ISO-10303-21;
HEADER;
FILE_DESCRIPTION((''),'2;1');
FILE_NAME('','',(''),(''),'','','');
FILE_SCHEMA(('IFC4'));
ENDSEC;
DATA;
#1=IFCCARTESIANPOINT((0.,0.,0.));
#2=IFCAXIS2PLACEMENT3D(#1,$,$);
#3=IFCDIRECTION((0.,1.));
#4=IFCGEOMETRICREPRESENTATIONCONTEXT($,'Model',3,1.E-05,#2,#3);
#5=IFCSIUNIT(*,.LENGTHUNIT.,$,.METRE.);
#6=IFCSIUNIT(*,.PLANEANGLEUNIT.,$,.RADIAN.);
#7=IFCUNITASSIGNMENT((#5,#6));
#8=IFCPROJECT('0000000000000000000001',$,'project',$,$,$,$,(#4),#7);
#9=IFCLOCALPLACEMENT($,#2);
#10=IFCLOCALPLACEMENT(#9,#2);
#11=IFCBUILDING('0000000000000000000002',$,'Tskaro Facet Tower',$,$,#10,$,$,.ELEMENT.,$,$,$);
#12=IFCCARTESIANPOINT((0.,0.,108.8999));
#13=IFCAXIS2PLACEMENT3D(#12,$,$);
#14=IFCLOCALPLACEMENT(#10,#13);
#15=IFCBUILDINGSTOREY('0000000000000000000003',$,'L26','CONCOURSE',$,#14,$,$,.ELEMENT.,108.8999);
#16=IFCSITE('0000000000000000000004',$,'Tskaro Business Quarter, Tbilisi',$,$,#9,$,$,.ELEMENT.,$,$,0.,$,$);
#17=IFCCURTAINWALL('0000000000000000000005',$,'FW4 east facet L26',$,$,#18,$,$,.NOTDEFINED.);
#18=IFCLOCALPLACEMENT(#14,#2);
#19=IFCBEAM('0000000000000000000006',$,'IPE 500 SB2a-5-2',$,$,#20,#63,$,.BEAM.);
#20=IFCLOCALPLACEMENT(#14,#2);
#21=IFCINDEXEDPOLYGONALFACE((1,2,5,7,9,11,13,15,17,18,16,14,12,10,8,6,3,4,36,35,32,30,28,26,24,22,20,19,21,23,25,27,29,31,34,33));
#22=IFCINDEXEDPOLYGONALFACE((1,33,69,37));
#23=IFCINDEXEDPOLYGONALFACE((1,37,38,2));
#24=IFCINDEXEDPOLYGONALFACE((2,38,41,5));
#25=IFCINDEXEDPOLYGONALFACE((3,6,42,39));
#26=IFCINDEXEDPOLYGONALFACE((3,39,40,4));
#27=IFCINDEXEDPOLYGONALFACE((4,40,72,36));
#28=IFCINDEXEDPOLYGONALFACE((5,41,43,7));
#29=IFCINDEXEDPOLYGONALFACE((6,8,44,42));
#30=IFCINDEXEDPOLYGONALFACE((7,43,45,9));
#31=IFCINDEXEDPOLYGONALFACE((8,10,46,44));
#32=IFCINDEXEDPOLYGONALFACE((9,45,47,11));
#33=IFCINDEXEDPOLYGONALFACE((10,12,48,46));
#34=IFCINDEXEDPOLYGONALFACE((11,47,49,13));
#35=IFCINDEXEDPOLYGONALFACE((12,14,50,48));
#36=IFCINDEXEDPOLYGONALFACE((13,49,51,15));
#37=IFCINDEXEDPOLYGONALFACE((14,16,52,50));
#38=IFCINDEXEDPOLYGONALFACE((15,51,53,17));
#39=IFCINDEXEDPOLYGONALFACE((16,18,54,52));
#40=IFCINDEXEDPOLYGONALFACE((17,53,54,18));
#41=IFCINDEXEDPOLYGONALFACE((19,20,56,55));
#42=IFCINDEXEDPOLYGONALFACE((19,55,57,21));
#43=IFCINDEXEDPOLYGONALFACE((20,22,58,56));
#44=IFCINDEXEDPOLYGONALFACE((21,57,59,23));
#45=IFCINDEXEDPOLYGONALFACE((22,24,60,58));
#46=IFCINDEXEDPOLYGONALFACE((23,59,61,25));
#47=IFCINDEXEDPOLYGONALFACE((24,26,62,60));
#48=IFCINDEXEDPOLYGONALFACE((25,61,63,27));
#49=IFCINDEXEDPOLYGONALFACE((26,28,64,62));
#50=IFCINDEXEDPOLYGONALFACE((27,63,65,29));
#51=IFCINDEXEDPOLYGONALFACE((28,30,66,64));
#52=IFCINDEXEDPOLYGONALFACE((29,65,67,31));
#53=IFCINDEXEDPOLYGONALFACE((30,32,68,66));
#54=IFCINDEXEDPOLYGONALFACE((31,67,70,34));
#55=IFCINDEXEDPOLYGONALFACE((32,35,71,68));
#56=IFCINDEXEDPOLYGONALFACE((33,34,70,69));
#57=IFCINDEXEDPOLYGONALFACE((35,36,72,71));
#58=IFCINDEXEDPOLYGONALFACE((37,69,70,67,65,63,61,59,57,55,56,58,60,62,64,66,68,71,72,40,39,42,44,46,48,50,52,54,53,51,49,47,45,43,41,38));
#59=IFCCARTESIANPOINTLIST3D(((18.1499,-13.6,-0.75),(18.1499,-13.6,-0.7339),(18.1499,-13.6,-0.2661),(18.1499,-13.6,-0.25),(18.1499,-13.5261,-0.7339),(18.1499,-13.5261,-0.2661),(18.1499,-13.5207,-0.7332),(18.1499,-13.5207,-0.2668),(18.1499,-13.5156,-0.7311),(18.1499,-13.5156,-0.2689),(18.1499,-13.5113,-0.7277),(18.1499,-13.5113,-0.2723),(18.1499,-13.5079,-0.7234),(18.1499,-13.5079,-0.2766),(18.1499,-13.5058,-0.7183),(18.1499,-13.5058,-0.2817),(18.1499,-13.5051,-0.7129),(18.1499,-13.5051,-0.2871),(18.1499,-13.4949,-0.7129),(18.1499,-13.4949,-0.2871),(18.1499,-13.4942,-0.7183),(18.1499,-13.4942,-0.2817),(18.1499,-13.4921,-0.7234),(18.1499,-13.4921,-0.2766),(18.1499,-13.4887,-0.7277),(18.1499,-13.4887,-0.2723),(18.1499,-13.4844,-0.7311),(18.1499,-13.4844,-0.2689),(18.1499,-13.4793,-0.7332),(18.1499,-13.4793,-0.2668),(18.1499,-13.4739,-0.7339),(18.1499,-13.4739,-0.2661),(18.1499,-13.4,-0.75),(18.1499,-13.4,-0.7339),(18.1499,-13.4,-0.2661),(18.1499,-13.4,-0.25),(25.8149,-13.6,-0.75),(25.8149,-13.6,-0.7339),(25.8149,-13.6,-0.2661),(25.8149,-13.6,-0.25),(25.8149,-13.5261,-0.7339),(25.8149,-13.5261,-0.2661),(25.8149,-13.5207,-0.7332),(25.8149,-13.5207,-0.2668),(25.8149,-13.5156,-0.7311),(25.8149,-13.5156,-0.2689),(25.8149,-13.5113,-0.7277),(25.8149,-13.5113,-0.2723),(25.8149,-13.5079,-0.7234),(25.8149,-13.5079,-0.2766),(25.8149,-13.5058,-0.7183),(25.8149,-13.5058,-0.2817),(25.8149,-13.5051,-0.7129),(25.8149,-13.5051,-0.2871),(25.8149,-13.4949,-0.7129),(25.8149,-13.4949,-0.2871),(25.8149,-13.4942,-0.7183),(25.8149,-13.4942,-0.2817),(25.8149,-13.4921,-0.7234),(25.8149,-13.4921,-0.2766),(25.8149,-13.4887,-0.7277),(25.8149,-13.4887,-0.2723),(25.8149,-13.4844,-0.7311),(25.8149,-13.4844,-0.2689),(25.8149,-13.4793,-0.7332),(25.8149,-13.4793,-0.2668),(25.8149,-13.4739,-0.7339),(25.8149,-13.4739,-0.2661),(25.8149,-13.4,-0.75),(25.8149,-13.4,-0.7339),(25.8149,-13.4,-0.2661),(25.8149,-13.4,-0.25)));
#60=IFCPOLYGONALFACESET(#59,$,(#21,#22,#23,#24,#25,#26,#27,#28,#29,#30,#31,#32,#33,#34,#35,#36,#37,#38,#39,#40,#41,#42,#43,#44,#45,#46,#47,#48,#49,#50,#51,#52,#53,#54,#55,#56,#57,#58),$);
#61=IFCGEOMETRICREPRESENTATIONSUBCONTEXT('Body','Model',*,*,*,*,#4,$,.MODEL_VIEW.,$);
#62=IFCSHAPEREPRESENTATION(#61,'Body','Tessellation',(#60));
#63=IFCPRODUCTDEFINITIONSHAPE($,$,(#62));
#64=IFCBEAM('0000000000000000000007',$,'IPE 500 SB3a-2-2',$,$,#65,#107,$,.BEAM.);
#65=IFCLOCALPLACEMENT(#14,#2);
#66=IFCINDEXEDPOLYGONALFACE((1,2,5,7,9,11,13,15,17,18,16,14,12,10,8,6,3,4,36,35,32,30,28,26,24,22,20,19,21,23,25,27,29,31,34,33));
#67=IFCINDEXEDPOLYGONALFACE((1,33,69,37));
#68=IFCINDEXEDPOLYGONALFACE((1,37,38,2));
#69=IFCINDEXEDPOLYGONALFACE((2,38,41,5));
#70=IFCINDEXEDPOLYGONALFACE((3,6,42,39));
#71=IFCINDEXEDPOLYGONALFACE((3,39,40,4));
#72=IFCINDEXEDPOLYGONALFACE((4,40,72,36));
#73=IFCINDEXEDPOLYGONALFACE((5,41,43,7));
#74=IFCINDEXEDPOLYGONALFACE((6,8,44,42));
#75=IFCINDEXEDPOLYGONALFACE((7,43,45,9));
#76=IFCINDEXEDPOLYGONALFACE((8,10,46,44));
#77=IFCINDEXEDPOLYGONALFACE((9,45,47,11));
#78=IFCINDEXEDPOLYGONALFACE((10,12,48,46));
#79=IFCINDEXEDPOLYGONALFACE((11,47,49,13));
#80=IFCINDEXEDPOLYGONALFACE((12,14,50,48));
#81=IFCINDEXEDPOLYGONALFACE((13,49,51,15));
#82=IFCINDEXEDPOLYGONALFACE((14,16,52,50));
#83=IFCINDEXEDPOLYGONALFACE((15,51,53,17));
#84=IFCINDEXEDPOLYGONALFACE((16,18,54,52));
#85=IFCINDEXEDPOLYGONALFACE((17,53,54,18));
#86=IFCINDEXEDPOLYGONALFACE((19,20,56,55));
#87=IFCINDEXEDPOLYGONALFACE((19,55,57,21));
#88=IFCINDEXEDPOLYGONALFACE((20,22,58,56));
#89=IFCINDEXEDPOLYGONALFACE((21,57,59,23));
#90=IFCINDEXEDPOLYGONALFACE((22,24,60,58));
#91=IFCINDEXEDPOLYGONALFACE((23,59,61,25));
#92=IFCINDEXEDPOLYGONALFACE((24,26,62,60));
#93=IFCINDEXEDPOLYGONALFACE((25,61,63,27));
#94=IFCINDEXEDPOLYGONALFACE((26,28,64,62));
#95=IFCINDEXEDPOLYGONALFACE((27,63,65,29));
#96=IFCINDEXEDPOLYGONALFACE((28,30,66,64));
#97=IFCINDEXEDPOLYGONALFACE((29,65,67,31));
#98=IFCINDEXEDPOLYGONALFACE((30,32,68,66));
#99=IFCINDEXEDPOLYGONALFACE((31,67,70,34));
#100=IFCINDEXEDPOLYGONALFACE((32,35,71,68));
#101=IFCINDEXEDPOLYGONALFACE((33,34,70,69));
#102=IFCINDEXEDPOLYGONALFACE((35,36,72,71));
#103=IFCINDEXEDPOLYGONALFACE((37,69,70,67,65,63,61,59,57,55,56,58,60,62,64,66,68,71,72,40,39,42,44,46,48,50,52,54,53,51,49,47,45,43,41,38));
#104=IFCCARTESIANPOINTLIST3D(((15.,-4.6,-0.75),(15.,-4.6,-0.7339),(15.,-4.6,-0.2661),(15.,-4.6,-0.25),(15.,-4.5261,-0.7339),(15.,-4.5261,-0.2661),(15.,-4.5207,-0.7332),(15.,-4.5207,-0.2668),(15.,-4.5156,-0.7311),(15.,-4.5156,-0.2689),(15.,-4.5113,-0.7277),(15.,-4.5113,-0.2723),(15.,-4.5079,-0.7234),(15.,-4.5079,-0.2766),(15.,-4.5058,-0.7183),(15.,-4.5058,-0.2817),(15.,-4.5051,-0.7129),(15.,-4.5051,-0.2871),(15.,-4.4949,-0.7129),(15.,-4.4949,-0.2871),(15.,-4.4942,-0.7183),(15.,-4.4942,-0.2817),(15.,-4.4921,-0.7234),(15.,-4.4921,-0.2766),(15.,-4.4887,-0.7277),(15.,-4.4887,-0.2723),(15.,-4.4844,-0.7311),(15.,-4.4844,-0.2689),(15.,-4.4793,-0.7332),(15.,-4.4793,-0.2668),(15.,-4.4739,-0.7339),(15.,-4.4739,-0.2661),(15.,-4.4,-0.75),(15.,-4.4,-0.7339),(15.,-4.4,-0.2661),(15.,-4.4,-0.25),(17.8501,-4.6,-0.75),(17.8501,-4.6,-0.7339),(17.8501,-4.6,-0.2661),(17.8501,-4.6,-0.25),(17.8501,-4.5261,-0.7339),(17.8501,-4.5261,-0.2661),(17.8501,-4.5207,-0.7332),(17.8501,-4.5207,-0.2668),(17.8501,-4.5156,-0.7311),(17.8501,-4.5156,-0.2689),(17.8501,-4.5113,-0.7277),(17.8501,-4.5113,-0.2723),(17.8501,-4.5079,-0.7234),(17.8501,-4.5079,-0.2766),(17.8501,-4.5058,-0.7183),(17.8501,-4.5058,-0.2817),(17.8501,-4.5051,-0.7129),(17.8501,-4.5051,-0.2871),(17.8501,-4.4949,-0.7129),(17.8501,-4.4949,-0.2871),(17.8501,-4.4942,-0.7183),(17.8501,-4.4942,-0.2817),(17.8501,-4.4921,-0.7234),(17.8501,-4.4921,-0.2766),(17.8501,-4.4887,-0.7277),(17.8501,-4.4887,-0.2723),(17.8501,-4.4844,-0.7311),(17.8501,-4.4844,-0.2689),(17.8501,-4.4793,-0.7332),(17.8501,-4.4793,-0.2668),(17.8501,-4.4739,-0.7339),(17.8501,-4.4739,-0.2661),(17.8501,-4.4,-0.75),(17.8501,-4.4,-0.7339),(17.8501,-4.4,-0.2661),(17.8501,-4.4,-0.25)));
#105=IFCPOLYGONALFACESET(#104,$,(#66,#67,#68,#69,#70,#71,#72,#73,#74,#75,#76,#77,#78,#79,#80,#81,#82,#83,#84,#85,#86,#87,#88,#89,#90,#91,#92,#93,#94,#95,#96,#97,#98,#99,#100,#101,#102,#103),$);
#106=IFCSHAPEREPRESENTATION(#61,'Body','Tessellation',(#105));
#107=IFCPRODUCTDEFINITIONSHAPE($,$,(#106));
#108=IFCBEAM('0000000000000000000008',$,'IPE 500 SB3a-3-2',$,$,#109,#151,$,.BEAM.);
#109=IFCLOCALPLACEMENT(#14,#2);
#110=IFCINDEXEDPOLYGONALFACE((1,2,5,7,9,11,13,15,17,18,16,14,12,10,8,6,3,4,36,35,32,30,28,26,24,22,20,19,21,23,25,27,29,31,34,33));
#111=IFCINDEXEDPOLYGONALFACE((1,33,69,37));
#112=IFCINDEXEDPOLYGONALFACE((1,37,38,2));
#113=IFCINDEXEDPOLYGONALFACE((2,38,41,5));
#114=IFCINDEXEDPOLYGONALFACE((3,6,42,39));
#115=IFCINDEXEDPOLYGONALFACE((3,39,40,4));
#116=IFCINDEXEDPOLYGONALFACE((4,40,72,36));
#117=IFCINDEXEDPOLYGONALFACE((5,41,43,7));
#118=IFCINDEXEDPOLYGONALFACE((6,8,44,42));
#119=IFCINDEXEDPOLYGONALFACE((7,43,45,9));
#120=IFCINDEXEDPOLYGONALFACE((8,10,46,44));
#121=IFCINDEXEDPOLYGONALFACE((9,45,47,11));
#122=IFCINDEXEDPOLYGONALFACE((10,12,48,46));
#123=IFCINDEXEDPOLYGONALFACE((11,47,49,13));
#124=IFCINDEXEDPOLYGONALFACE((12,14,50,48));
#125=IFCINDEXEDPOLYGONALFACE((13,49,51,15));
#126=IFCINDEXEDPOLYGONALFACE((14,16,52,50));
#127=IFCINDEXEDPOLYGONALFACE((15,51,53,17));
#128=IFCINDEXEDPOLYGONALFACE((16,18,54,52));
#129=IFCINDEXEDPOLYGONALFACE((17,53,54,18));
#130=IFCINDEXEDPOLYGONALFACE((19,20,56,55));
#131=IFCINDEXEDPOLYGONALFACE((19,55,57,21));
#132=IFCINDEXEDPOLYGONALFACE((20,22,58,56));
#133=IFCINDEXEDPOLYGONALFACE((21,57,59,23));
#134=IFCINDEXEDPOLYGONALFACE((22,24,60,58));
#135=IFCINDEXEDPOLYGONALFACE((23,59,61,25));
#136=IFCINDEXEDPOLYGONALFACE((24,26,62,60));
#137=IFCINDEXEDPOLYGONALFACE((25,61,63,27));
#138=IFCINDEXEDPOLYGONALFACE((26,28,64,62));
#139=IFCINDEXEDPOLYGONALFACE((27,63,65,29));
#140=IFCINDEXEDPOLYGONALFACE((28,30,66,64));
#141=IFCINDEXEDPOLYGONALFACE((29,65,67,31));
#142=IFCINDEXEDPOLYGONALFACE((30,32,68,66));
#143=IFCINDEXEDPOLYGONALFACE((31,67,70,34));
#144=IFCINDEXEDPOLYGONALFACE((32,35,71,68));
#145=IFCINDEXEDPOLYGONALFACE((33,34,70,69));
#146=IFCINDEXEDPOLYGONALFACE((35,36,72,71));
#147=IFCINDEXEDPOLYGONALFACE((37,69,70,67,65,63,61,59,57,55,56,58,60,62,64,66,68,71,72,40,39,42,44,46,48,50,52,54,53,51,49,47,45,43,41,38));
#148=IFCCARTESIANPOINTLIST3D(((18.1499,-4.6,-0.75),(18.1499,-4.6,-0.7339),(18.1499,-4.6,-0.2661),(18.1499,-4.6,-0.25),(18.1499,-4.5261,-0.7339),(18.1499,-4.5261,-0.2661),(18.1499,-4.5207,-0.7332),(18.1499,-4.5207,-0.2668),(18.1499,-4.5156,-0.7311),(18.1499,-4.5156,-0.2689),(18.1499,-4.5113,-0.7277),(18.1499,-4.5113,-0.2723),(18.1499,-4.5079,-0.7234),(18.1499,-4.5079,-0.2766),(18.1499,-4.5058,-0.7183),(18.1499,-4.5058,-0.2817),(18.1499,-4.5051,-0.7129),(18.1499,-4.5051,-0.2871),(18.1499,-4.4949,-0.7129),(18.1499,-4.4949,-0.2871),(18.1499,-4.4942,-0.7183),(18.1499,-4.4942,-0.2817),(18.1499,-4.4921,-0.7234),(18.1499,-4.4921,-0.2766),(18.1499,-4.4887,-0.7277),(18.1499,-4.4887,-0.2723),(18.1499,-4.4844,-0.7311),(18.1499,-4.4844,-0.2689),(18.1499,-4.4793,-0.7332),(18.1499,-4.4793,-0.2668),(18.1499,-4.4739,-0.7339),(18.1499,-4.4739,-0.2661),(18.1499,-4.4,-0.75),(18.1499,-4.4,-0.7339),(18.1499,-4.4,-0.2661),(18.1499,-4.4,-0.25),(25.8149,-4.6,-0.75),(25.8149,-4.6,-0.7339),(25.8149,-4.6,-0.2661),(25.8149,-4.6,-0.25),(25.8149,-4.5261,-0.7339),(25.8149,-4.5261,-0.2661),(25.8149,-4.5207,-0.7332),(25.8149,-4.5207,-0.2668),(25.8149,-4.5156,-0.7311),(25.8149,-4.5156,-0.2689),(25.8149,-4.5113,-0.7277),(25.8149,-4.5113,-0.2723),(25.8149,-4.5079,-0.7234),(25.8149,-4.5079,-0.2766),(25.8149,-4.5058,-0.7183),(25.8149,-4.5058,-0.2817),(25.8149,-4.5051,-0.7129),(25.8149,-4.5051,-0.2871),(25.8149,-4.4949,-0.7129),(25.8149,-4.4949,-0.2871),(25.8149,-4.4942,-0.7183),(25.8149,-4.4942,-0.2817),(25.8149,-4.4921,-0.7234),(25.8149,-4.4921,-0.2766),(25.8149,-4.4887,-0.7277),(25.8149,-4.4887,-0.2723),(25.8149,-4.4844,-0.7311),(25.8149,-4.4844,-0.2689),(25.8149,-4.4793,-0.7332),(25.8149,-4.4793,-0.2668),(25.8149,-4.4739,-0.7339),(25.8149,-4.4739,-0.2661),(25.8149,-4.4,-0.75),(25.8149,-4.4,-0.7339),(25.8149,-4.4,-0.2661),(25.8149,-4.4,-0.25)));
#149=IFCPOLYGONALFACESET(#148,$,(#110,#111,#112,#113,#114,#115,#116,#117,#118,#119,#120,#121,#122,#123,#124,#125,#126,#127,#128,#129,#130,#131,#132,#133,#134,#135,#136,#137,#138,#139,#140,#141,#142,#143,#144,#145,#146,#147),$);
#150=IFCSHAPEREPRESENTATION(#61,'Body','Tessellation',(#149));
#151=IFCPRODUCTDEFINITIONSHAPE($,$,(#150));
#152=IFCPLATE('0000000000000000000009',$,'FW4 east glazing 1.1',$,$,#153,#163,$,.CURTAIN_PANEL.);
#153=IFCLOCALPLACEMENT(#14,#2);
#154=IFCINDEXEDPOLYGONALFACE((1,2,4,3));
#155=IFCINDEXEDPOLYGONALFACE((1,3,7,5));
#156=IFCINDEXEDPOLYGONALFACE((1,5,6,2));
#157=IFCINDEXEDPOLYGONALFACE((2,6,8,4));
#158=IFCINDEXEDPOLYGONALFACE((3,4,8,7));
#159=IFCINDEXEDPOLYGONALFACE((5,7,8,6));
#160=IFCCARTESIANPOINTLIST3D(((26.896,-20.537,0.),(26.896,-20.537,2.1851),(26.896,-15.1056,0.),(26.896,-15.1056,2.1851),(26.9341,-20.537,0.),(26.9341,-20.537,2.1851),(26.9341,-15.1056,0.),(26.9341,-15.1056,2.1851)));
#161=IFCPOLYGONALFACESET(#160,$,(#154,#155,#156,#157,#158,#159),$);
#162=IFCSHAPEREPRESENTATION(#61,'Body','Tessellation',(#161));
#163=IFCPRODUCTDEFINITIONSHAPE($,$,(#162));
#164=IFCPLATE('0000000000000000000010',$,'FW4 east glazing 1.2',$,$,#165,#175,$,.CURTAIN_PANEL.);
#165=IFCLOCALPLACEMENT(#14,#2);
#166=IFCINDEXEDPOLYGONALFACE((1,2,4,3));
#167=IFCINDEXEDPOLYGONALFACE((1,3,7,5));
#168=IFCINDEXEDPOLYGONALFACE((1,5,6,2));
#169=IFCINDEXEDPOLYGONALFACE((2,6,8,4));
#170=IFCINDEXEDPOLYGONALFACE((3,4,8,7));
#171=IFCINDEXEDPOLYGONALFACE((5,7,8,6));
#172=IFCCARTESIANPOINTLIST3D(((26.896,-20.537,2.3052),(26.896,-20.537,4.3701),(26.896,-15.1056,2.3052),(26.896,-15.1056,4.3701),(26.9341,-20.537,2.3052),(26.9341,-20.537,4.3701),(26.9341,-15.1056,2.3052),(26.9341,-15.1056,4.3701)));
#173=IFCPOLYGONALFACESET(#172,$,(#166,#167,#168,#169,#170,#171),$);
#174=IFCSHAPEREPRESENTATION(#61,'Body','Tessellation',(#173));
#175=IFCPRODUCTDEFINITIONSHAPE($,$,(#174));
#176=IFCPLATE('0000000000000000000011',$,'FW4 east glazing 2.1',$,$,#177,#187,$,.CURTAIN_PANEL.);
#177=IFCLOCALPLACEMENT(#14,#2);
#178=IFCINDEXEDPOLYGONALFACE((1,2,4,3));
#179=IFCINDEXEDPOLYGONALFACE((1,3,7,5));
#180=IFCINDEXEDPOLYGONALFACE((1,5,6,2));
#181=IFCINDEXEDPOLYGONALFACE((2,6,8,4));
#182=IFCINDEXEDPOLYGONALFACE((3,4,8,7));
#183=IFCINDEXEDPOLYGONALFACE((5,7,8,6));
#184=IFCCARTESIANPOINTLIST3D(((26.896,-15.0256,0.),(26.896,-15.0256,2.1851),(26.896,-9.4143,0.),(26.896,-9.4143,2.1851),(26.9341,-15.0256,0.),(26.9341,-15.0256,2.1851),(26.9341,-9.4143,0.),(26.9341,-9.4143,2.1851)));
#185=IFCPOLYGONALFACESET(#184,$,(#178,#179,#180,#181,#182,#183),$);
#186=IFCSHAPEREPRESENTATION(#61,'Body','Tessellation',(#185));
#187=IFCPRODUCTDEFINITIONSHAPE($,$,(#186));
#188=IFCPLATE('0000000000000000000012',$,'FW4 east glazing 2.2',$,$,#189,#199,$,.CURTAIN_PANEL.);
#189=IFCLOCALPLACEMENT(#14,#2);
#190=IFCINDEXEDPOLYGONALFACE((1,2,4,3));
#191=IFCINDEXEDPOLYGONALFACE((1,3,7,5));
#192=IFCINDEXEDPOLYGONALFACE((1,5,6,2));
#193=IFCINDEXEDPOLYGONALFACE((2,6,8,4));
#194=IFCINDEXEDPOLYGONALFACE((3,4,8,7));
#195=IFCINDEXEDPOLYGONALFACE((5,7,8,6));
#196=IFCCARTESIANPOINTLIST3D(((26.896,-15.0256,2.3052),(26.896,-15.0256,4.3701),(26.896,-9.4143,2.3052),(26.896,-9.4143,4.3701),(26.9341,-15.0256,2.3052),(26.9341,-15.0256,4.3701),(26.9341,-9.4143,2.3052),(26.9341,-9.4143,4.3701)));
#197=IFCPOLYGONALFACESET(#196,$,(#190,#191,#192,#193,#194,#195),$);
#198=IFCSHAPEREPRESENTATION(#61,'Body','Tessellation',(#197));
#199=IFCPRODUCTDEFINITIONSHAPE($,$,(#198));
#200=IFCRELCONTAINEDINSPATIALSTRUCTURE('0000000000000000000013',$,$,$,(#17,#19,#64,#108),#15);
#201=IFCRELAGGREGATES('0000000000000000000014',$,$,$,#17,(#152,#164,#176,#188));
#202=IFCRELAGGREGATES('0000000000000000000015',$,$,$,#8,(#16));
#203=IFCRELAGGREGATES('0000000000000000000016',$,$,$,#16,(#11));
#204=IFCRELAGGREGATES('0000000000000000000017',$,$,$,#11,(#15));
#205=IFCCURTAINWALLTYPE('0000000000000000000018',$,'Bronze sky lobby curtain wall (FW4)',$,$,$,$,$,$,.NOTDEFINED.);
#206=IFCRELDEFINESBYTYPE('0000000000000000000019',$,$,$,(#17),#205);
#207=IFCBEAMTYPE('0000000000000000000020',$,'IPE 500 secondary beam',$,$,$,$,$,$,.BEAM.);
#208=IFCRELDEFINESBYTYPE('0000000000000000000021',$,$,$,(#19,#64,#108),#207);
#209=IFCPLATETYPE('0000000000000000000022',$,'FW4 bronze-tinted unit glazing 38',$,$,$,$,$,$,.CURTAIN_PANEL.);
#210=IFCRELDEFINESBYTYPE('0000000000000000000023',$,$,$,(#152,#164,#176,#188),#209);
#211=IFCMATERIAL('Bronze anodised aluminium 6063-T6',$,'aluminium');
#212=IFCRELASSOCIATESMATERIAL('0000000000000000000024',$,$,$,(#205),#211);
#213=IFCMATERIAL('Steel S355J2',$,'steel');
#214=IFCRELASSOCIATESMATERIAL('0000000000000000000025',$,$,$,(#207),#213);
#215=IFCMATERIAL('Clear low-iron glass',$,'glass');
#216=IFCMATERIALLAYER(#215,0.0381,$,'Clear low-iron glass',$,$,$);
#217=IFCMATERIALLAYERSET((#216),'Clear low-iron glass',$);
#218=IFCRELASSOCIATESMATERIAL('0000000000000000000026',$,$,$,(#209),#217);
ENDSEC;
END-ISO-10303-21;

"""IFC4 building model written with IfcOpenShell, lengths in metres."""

from ifc_helpers import new_model, si_unit, direction, frame, origin, origin_2d, place, context, subcontext, project, spatial, rectangle, i_section, extrude, material, layer, layer_set, material_profile, profile_set, type_object, element, aggregate, save


model = new_model("IFC4")

# Units and contexts
model_context = context("Model", 3, precision=1e-05, world=origin(), true_north=direction((0.0, 1.0)))
body_context = subcontext(model_context, "Body", "Model", "MODEL_VIEW")
ifc_project = project(units=[si_unit("LENGTHUNIT", "METRE"), si_unit("PLANEANGLEUNIT", "RADIAN")], contexts=[model_context])

# Site, building, storey
site_placement = place(None, origin())
site = spatial("IfcSite", under=ifc_project, at=site_placement, Name="Tskaro Business Quarter, Tbilisi", CompositionType="ELEMENT", RefElevation=0.0)
building_placement = place(site_placement, origin())
building = spatial("IfcBuilding", under=site, at=building_placement, Name="Tskaro Facet Tower", CompositionType="ELEMENT")
storey_placement = place(building_placement, frame((0.0, 0.0, 108.8999)))
storey = spatial("IfcBuildingStorey", under=building, at=storey_placement, Name="L26", Description="CONCOURSE", CompositionType="ELEMENT", Elevation=108.8999)

# Curtain wall
ifc_material_1 = material(Name="Bronze anodised aluminium 6063-T6", Category="aluminium")
curtain_wall_type = type_object("IfcCurtainWallType", Name="Bronze sky lobby curtain wall (FW4)", PredefinedType="NOTDEFINED", material=ifc_material_1)
curtain_wall_placement = place(storey_placement, origin())
curtain_wall = element("IfcCurtainWall", 1, at=curtain_wall_placement, inside=storey, type_object=curtain_wall_type, Name="FW4 east facet L26", PredefinedType="NOTDEFINED")

# Beams
ifc_material_2 = material(Name="Steel S355J2", Category="steel")
ifc_material_profile_1 = material_profile(ifc_material_2, i_section(OverallWidth=0.2, OverallDepth=0.5, WebThickness=0.0103, FlangeThickness=0.0161, FilletRadius=0.021, at=origin_2d()), Name="IPE 500")
ifc_profile_set_1 = profile_set([ifc_material_profile_1], Name="Steel S355J2")
beam_type_1 = type_object("IfcBeamType", Name="IPE 500 secondary beam", PredefinedType="BEAM", material=ifc_profile_set_1)
beam_1_placement = place(storey_placement, frame((18.1499, -13.5, -0.5), z_axis=(1.0, 0.0, 0.0), x_axis=(0.0, 1.0, 0.0)))
element("IfcBeam", 2, at=beam_1_placement, inside=storey, type_object=beam_type_1, Name="IPE 500 SB2a-5-2", PredefinedType="BEAM", context=body_context, shape_type="SweptSolid", body=[
    extrude(i_section(OverallWidth=0.2, OverallDepth=0.5, WebThickness=0.0103, FlangeThickness=0.0161, FilletRadius=0.021, at=origin_2d()), origin(), (0.0, 0.0, 1.0), 7.665),
])
beam_2_placement = place(storey_placement, frame((15.0, -4.5, -0.5), z_axis=(1.0, 0.0, 0.0), x_axis=(0.0, 1.0, 0.0)))
element("IfcBeam", 3, at=beam_2_placement, inside=storey, type_object=beam_type_1, Name="IPE 500 SB3a-2-2", PredefinedType="BEAM", context=body_context, shape_type="SweptSolid", body=[
    extrude(i_section(OverallWidth=0.2, OverallDepth=0.5, WebThickness=0.0103, FlangeThickness=0.0161, FilletRadius=0.021, at=origin_2d()), origin(), (0.0, 0.0, 1.0), 2.8501),
])
beam_3_placement = place(storey_placement, frame((18.1499, -4.5, -0.5), z_axis=(1.0, 0.0, 0.0), x_axis=(0.0, 1.0, 0.0)))
element("IfcBeam", 4, at=beam_3_placement, inside=storey, type_object=beam_type_1, Name="IPE 500 SB3a-3-2", PredefinedType="BEAM", context=body_context, shape_type="SweptSolid", body=[
    extrude(i_section(OverallWidth=0.2, OverallDepth=0.5, WebThickness=0.0103, FlangeThickness=0.0161, FilletRadius=0.021, at=origin_2d()), origin(), (0.0, 0.0, 1.0), 7.665),
])

# Plates
ifc_material_3 = material(Name="Clear low-iron glass", Category="glass")
ifc_layer_1 = layer(ifc_material_3, 0.0381, Name="Clear low-iron glass")
ifc_layer_set_1 = layer_set([ifc_layer_1], Name="Clear low-iron glass")
plate_type = type_object("IfcPlateType", Name="FW4 bronze-tinted unit glazing 38", PredefinedType="CURTAIN_PANEL", material=ifc_layer_set_1)
plate_1_placement = place(storey_placement, frame((26.915, -17.8213, 0.0), z_axis=(0.0, 0.0, 1.0), x_axis=(0.0, 1.0, 0.0)))
plate_1 = element("IfcPlate", 5, at=plate_1_placement, type_object=plate_type, Name="FW4 east glazing 1.1", PredefinedType="CURTAIN_PANEL", context=body_context, shape_type="SweptSolid", body=[
    extrude(rectangle(XDim=5.4314, YDim=0.0381, at=origin_2d()), origin(), (0.0, 0.0, 1.0), 2.1851),
])
plate_2_placement = place(storey_placement, frame((26.915, -17.8213, 2.3052), z_axis=(0.0, 0.0, 1.0), x_axis=(0.0, 1.0, 0.0)))
plate_2 = element("IfcPlate", 6, at=plate_2_placement, type_object=plate_type, Name="FW4 east glazing 1.2", PredefinedType="CURTAIN_PANEL", context=body_context, shape_type="SweptSolid", body=[
    extrude(rectangle(XDim=5.4314, YDim=0.0381, at=origin_2d()), origin(), (0.0, 0.0, 1.0), 2.0649),
])
plate_3_placement = place(storey_placement, frame((26.915, -12.22, 0.0), z_axis=(0.0, 0.0, 1.0), x_axis=(0.0, 1.0, 0.0)))
plate_3 = element("IfcPlate", 7, at=plate_3_placement, type_object=plate_type, Name="FW4 east glazing 2.1", PredefinedType="CURTAIN_PANEL", context=body_context, shape_type="SweptSolid", body=[
    extrude(rectangle(XDim=5.6113, YDim=0.0381, at=origin_2d()), origin(), (0.0, 0.0, 1.0), 2.1851),
])
plate_4_placement = place(storey_placement, frame((26.915, -12.22, 2.3052), z_axis=(0.0, 0.0, 1.0), x_axis=(0.0, 1.0, 0.0)))
plate_4 = element("IfcPlate", 8, at=plate_4_placement, type_object=plate_type, Name="FW4 east glazing 2.2", PredefinedType="CURTAIN_PANEL", context=body_context, shape_type="SweptSolid", body=[
    extrude(rectangle(XDim=5.6113, YDim=0.0381, at=origin_2d()), origin(), (0.0, 0.0, 1.0), 2.0649),
])
aggregate(curtain_wall, [plate_1, plate_2, plate_3, plate_4])

save(model, "model.ifc")
